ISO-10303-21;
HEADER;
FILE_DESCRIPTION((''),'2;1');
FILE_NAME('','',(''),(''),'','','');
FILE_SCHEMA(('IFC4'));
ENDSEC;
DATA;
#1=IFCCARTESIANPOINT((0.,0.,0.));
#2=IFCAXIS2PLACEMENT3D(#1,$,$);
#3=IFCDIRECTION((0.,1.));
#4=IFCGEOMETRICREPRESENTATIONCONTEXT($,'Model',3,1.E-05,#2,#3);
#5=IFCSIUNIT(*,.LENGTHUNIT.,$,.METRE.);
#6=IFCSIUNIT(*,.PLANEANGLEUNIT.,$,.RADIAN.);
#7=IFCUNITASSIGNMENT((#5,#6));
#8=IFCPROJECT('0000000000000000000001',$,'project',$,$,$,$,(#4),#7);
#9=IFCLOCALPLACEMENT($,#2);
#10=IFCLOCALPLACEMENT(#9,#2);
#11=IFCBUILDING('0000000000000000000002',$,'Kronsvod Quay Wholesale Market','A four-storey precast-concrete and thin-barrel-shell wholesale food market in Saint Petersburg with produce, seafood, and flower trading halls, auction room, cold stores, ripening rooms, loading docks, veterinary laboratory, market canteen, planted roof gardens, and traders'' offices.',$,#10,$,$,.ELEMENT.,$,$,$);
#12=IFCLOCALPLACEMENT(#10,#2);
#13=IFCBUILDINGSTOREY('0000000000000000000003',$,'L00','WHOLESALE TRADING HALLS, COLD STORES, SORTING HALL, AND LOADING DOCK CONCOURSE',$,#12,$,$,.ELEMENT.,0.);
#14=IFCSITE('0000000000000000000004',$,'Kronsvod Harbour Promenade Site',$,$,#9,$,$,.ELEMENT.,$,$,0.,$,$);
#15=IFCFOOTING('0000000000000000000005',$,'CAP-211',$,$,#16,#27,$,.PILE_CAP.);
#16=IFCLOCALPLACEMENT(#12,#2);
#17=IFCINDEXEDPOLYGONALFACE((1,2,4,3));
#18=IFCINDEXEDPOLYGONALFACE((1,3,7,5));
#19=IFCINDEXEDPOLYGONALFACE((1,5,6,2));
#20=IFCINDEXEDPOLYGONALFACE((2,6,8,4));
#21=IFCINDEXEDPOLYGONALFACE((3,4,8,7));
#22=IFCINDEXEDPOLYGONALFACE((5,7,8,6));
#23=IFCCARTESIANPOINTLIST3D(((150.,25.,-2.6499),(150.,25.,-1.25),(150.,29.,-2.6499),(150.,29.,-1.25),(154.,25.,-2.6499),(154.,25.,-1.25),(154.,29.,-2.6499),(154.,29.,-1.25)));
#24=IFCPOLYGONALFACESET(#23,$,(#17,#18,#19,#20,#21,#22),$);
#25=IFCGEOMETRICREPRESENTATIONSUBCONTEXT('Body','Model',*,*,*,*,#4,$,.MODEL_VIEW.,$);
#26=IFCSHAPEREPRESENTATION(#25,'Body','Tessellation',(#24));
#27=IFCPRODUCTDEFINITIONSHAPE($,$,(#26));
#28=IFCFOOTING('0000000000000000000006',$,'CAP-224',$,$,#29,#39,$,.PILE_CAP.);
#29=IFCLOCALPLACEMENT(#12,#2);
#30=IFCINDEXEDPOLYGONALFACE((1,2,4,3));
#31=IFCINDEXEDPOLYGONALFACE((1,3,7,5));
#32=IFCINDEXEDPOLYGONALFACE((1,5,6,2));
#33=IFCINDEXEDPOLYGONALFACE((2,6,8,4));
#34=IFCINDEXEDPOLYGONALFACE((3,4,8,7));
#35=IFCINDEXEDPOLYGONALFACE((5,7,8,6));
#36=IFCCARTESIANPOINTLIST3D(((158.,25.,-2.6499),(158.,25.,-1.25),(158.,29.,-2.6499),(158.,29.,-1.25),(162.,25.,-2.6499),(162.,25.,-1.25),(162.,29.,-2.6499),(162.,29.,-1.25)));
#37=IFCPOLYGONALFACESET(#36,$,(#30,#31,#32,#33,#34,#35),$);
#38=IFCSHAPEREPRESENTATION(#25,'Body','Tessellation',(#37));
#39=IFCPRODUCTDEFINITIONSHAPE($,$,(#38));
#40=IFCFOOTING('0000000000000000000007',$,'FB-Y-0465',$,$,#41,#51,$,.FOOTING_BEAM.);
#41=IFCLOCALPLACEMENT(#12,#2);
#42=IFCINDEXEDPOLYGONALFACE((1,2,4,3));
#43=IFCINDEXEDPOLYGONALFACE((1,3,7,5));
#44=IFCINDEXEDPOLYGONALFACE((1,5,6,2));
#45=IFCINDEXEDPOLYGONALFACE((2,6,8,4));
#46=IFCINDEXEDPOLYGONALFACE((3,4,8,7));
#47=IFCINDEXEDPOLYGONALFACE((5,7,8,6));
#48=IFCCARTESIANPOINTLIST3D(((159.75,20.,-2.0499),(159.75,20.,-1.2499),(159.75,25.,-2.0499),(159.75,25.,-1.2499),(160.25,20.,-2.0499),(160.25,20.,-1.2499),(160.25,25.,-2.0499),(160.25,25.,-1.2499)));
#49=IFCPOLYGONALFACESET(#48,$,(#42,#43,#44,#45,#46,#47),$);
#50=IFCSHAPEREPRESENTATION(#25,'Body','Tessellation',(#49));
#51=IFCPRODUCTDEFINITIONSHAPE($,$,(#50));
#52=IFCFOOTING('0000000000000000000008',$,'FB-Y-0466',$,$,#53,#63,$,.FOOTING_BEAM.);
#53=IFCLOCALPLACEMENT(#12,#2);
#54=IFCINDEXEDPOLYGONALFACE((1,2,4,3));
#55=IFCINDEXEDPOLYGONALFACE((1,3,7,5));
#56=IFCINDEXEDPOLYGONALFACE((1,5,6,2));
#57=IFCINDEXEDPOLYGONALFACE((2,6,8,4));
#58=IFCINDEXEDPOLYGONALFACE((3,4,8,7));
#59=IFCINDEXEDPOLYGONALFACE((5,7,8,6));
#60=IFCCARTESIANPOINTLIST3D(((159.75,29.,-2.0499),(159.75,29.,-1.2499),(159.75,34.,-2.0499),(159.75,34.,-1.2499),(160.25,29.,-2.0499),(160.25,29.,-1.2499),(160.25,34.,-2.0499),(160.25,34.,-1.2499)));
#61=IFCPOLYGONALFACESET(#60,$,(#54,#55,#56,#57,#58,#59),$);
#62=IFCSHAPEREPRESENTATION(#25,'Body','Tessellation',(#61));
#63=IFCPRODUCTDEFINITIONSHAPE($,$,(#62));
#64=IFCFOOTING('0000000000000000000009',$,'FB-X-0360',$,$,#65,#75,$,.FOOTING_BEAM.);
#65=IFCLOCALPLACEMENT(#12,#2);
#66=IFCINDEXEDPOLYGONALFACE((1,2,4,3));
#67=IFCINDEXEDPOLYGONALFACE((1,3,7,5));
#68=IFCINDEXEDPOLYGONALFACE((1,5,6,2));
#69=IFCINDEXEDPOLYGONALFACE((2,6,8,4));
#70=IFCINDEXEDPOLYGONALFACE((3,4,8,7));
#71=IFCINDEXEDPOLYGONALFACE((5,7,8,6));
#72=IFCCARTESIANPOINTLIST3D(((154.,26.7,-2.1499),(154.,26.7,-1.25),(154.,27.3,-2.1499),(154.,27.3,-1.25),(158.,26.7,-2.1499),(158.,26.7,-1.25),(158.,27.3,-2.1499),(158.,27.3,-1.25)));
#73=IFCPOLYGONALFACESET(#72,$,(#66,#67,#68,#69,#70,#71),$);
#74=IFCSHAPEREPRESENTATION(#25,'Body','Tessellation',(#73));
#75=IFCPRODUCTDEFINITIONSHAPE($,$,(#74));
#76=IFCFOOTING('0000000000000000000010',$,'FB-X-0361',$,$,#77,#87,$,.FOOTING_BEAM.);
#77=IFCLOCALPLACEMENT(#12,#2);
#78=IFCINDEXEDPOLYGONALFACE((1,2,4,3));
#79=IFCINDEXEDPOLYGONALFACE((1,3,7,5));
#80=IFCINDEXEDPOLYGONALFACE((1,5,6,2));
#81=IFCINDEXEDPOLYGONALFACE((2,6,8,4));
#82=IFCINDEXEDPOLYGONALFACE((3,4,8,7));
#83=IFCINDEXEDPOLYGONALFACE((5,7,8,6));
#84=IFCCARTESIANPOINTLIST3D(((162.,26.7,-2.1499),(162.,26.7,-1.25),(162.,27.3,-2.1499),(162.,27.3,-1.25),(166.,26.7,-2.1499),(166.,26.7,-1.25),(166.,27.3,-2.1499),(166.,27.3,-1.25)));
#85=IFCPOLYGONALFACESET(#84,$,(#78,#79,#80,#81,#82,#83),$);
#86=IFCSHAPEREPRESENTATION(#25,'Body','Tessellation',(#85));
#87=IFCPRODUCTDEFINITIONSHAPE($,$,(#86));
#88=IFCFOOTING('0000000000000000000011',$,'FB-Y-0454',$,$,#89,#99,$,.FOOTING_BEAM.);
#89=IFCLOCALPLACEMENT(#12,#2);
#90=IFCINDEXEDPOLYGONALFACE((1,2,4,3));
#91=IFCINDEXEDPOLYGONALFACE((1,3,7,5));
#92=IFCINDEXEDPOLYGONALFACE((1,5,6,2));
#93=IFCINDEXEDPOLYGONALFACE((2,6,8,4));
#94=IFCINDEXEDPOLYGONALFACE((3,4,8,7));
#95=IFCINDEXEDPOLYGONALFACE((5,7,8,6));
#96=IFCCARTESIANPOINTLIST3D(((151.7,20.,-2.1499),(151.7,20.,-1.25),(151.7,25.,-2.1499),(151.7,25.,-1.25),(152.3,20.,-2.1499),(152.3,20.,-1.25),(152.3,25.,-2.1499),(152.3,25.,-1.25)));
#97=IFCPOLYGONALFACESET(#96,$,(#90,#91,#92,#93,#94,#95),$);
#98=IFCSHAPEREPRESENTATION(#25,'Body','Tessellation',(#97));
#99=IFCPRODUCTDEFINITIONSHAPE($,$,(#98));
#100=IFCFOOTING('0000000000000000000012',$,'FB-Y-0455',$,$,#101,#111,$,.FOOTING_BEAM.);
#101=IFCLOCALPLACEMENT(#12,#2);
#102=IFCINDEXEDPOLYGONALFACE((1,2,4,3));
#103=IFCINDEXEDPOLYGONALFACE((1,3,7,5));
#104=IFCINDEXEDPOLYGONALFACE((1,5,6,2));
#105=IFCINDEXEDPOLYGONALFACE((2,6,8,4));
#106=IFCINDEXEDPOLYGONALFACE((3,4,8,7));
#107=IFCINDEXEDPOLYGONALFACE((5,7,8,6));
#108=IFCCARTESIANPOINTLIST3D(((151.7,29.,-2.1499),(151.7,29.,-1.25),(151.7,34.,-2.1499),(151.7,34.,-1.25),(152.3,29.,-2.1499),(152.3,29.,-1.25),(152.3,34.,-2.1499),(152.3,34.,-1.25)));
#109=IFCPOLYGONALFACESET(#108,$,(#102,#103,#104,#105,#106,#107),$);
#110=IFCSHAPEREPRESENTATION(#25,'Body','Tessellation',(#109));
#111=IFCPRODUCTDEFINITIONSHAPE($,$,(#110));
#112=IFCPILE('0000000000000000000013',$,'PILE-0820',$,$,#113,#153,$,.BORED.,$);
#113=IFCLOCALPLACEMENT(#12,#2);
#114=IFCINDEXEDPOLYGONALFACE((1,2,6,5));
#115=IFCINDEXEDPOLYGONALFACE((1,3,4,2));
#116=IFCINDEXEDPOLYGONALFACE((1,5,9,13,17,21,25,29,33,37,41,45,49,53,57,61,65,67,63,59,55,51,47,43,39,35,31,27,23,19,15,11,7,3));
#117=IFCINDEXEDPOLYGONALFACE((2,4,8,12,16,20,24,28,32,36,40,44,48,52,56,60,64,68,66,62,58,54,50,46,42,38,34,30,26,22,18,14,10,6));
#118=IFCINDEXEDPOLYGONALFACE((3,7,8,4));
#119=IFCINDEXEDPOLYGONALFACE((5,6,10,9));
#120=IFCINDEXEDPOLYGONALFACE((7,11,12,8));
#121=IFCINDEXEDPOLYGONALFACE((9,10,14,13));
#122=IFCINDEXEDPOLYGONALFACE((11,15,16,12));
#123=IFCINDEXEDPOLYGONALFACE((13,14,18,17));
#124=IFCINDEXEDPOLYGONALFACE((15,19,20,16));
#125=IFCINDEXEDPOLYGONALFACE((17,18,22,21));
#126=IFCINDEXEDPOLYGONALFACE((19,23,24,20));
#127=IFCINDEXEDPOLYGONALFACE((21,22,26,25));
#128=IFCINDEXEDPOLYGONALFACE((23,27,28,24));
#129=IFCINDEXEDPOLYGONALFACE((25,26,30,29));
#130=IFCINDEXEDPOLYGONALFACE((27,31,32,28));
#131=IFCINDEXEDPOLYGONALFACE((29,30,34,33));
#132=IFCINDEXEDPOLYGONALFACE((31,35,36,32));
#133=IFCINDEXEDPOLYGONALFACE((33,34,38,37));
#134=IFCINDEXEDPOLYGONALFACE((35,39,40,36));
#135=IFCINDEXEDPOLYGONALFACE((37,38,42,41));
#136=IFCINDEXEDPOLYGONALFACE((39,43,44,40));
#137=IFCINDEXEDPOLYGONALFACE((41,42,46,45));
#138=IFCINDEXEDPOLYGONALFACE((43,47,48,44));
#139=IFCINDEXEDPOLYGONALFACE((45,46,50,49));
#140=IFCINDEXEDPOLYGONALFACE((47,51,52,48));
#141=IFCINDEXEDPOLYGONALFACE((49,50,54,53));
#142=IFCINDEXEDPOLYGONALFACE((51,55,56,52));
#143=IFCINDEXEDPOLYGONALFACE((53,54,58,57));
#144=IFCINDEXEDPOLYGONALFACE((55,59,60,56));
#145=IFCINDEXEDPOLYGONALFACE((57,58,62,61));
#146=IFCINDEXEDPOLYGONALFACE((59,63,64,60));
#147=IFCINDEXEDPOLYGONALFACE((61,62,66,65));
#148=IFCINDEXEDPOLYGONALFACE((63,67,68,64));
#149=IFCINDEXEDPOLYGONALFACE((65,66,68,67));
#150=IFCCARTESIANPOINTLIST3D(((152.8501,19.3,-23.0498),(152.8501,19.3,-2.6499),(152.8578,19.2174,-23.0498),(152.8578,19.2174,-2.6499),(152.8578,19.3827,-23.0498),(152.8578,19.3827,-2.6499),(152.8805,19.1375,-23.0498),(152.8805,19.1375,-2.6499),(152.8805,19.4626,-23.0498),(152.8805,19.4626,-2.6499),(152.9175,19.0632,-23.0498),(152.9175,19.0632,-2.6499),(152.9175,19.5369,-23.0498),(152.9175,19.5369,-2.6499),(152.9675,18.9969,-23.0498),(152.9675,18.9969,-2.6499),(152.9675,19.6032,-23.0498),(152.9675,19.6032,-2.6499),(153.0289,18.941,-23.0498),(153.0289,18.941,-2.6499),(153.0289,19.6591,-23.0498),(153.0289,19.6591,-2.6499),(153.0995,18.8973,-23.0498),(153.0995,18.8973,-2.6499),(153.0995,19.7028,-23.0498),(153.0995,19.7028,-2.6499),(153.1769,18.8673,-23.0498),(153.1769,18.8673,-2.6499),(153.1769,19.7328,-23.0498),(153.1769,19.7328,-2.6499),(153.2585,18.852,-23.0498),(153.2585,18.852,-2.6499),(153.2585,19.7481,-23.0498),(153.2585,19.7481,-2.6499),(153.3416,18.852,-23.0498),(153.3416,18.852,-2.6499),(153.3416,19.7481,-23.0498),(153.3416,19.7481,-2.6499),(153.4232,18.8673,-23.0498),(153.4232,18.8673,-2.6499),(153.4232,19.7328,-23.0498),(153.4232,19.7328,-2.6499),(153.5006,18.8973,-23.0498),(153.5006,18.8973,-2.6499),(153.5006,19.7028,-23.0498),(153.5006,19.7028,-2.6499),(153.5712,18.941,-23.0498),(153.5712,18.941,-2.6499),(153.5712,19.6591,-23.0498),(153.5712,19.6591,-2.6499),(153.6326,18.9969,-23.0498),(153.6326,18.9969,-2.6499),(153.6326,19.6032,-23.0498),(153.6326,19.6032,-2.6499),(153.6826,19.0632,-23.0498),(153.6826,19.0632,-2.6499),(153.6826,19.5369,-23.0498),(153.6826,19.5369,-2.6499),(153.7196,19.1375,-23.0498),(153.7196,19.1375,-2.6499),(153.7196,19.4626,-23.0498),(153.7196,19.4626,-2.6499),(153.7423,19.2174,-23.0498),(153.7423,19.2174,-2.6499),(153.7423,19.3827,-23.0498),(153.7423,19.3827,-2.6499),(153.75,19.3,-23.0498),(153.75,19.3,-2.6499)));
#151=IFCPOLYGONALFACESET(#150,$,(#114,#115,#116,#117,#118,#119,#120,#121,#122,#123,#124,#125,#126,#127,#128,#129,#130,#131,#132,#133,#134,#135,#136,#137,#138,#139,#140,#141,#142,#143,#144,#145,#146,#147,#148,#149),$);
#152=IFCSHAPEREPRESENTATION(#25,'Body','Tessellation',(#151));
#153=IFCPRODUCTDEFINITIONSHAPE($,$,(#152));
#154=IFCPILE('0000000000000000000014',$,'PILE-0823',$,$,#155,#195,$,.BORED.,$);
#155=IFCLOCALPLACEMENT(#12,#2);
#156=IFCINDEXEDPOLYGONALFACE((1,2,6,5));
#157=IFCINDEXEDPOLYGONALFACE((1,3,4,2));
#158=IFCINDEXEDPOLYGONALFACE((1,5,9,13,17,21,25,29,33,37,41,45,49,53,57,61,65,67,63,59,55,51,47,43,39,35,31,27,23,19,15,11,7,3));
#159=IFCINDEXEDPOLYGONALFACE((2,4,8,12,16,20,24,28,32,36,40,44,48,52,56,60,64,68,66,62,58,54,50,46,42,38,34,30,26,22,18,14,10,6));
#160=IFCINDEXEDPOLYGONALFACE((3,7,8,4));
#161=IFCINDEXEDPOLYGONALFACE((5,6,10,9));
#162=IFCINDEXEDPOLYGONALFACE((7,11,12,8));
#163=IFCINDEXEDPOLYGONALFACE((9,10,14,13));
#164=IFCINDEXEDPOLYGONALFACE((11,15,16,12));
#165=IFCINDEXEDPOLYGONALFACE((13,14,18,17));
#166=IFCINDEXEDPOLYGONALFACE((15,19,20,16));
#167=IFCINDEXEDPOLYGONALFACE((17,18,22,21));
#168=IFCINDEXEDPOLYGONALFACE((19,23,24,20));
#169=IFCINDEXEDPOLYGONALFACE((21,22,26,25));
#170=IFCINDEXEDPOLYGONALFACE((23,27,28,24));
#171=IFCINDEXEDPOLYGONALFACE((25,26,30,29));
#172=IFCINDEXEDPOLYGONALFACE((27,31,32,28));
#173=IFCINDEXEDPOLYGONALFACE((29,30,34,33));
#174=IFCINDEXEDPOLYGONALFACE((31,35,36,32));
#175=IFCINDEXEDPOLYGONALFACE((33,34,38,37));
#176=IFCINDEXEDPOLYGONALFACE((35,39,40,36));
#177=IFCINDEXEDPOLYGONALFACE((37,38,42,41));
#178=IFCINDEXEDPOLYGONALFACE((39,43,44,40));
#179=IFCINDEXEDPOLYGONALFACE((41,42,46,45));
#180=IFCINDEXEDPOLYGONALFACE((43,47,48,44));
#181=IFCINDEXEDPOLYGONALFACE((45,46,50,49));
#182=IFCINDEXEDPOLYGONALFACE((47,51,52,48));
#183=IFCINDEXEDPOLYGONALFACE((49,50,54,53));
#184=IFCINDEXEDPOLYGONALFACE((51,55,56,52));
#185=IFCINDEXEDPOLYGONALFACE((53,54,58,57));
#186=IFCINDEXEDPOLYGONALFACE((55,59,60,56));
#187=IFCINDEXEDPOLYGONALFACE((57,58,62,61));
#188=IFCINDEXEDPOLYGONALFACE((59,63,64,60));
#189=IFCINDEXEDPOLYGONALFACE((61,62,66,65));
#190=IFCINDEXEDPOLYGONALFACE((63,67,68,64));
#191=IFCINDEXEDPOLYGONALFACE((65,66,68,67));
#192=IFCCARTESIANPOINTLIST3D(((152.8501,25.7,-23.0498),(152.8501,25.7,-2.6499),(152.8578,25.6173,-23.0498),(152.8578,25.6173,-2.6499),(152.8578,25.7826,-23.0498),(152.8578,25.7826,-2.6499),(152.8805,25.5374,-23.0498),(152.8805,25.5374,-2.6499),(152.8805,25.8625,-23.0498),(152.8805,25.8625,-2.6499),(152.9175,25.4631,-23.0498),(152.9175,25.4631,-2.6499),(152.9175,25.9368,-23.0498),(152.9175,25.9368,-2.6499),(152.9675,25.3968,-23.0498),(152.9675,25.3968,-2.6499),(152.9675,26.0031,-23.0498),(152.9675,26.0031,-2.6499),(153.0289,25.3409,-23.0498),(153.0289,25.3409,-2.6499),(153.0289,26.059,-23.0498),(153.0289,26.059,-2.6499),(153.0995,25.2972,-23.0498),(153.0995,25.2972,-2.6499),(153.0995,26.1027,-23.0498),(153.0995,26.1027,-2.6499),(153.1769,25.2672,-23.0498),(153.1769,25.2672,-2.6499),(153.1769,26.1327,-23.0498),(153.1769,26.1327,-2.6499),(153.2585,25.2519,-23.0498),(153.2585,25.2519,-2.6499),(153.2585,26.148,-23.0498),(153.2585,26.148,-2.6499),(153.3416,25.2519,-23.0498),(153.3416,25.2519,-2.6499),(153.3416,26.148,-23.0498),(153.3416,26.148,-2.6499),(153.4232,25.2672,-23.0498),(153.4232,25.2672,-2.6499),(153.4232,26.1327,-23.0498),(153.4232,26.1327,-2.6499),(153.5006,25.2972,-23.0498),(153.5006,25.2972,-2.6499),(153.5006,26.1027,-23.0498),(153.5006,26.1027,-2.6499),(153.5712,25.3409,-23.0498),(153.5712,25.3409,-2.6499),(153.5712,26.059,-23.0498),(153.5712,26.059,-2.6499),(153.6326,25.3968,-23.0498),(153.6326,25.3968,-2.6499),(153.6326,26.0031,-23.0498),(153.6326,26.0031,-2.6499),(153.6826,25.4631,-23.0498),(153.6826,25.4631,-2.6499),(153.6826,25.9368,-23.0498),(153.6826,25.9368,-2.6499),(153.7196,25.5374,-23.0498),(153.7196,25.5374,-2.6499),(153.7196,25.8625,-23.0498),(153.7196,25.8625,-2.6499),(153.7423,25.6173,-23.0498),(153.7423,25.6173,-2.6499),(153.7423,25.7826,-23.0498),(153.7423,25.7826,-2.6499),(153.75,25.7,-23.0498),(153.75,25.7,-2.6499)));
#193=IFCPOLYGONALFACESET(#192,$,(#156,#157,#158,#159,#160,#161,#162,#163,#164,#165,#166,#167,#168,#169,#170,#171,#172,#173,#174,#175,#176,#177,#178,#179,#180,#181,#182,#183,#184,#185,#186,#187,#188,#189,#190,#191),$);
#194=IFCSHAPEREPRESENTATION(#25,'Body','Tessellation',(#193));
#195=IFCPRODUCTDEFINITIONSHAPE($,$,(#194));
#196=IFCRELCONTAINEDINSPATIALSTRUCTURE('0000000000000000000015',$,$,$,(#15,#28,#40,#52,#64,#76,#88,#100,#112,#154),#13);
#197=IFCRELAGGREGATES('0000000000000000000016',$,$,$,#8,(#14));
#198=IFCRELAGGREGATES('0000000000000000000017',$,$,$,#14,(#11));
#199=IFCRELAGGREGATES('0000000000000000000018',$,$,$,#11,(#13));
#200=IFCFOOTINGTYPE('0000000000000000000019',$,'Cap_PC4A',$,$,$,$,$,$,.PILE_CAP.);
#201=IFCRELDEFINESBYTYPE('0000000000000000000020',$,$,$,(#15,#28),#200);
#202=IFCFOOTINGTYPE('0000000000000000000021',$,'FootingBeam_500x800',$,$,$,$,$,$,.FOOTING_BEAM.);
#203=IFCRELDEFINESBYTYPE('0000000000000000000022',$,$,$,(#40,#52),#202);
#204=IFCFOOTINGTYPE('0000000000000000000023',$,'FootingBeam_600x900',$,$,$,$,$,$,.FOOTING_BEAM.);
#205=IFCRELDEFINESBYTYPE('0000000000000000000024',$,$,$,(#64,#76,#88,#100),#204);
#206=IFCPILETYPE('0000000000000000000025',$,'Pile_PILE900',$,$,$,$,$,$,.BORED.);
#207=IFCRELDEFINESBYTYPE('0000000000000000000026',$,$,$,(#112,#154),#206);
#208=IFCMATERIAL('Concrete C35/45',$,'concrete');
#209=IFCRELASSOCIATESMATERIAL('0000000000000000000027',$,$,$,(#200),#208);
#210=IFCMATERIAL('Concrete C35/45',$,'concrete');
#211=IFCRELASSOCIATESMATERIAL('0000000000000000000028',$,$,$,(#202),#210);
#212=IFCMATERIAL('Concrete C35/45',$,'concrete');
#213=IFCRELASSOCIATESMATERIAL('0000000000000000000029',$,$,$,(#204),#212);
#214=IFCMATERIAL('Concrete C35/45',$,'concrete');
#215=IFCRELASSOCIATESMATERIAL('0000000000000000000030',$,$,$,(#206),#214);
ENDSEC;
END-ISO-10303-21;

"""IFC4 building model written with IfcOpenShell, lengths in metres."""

from ifc_helpers import new_model, si_unit, direction, frame, origin, origin_2d, place, context, subcontext, project, spatial, rectangle, circle, extrude, material, material_profile, profile_set, type_object, element, save


model = new_model("IFC4")

# Units and contexts
model_context = context("Model", 3, precision=1e-05, world=origin(), true_north=direction((0.0, 1.0)))
body_context = subcontext(model_context, "Body", "Model", "MODEL_VIEW")
ifc_project = project(units=[si_unit("LENGTHUNIT", "METRE"), si_unit("PLANEANGLEUNIT", "RADIAN")], contexts=[model_context])

# Site, building, storey
site_placement = place(None, origin())
site = spatial("IfcSite", under=ifc_project, at=site_placement, Name="Kronsvod Harbour Promenade Site", CompositionType="ELEMENT", RefElevation=0.0)
building_placement = place(site_placement, origin())
building = spatial("IfcBuilding", under=site, at=building_placement, Name="Kronsvod Quay Wholesale Market", Description="A four-storey precast-concrete and thin-barrel-shell wholesale food market in Saint Petersburg with produce, seafood, and flower trading halls, auction room, cold stores, ripening rooms, loading docks, veterinary laboratory, market canteen, planted roof gardens, and traders' offices.", CompositionType="ELEMENT")
storey_placement = place(building_placement, origin())
storey = spatial("IfcBuildingStorey", under=building, at=storey_placement, Name="L00", Description="WHOLESALE TRADING HALLS, COLD STORES, SORTING HALL, AND LOADING DOCK CONCOURSE", CompositionType="ELEMENT", Elevation=0.0)

# Footings
ifc_material_1 = material(Name="Concrete C35/45", Category="concrete")
footing_type_1 = type_object("IfcFootingType", Name="Cap_PC4A", PredefinedType="PILE_CAP", material=ifc_material_1)
for number, where, z_axis, x_axis, name in (
    (1, (152.0, 27.0, -2.6499), (0.0, 0.0, 1.0), (1.0, 0.0, 0.0), "CAP-211"),
    (2, (160.0, 27.0, -2.6499), (0.0, 0.0, 1.0), (1.0, 0.0, 0.0), "CAP-224"),
):
    element("IfcFooting", number, at=place(storey_placement, frame(where, z_axis=z_axis, x_axis=x_axis)), inside=storey, type_object=footing_type_1, Name=name, PredefinedType="PILE_CAP", context=body_context, shape_type="SweptSolid", body=[
        extrude(rectangle(XDim=4.0, YDim=4.0, at=origin_2d()), origin(), (0.0, 0.0, 1.0), 1.3999),
    ])
ifc_material_2 = material(Name="Concrete C35/45", Category="concrete")
ifc_material_profile_1 = material_profile(ifc_material_2, rectangle(XDim=0.5, YDim=0.8, at=origin_2d()), Name="FB-01")
ifc_profile_set_1 = profile_set([ifc_material_profile_1], Name="Concrete C35/45")
footing_type_2 = type_object("IfcFootingType", Name="FootingBeam_500x800", PredefinedType="FOOTING_BEAM", material=ifc_profile_set_1)
for number, where, z_axis, x_axis, name in (
    (3, (160.0, 20.0, -1.6499), (0.0, 1.0, 0.0), (-1.0, 0.0, 0.0), "FB-Y-0465"),
    (4, (160.0, 29.0, -1.6499), (0.0, 1.0, 0.0), (-1.0, 0.0, 0.0), "FB-Y-0466"),
):
    element("IfcFooting", number, at=place(storey_placement, frame(where, z_axis=z_axis, x_axis=x_axis)), inside=storey, type_object=footing_type_2, Name=name, PredefinedType="FOOTING_BEAM", context=body_context, shape_type="SweptSolid", body=[
        extrude(rectangle(XDim=0.5, YDim=0.8, at=origin_2d()), origin(), (0.0, 0.0, 1.0), 5.0),
    ])
ifc_material_3 = material(Name="Concrete C35/45", Category="concrete")
ifc_material_profile_2 = material_profile(ifc_material_3, rectangle(XDim=0.6001, YDim=0.8999, at=origin_2d()), Name="FB-02")
ifc_profile_set_2 = profile_set([ifc_material_profile_2], Name="Concrete C35/45")
footing_type_3 = type_object("IfcFootingType", Name="FootingBeam_600x900", PredefinedType="FOOTING_BEAM", material=ifc_profile_set_2)
for number, where, z_axis, x_axis, name in (
    (5, (154.0, 27.0, -1.7), (1.0, 0.0, 0.0), (0.0, 1.0, 0.0), "FB-X-0360"),
    (6, (162.0, 27.0, -1.7), (1.0, 0.0, 0.0), (0.0, 1.0, 0.0), "FB-X-0361"),
):
    element("IfcFooting", number, at=place(storey_placement, frame(where, z_axis=z_axis, x_axis=x_axis)), inside=storey, type_object=footing_type_3, Name=name, PredefinedType="FOOTING_BEAM", context=body_context, shape_type="SweptSolid", body=[
        extrude(rectangle(XDim=0.6001, YDim=0.8999, at=origin_2d()), origin(), (0.0, 0.0, 1.0), 4.0),
    ])
for number, where, z_axis, x_axis, name in (
    (7, (152.0, 20.0, -1.7), (0.0, 1.0, 0.0), (-1.0, 0.0, 0.0), "FB-Y-0454"),
    (8, (152.0, 29.0, -1.7), (0.0, 1.0, 0.0), (-1.0, 0.0, 0.0), "FB-Y-0455"),
):
    element("IfcFooting", number, at=place(storey_placement, frame(where, z_axis=z_axis, x_axis=x_axis)), inside=storey, type_object=footing_type_3, Name=name, PredefinedType="FOOTING_BEAM", context=body_context, shape_type="SweptSolid", body=[
        extrude(rectangle(XDim=0.6001, YDim=0.8999, at=origin_2d()), origin(), (0.0, 0.0, 1.0), 5.0),
    ])

# Piles
ifc_material_4 = material(Name="Concrete C35/45", Category="concrete")
ifc_material_profile_3 = material_profile(ifc_material_4, circle(Radius=0.45, at=origin_2d()), Name="PILE900")
ifc_profile_set_3 = profile_set([ifc_material_profile_3], Name="Concrete C35/45")
pile_type = type_object("IfcPileType", Name="Pile_PILE900", PredefinedType="BORED", material=ifc_profile_set_3)
for number, where, z_axis, x_axis, name in (
    (9, (153.3, 19.3, -2.6499), (0.0, 0.0, -1.0), (1.0, 0.0, 0.0), "PILE-0820"),
    (10, (153.3, 25.7, -2.6499), (0.0, 0.0, -1.0), (1.0, 0.0, 0.0), "PILE-0823"),
):
    element("IfcPile", number, at=place(storey_placement, frame(where, z_axis=z_axis, x_axis=x_axis)), inside=storey, type_object=pile_type, Name=name, PredefinedType="BORED", context=body_context, shape_type="SweptSolid", body=[
        extrude(circle(Radius=0.45, at=origin_2d()), origin(), (0.0, 0.0, 1.0), 20.3999),
    ])

save(model, "model.ifc")
